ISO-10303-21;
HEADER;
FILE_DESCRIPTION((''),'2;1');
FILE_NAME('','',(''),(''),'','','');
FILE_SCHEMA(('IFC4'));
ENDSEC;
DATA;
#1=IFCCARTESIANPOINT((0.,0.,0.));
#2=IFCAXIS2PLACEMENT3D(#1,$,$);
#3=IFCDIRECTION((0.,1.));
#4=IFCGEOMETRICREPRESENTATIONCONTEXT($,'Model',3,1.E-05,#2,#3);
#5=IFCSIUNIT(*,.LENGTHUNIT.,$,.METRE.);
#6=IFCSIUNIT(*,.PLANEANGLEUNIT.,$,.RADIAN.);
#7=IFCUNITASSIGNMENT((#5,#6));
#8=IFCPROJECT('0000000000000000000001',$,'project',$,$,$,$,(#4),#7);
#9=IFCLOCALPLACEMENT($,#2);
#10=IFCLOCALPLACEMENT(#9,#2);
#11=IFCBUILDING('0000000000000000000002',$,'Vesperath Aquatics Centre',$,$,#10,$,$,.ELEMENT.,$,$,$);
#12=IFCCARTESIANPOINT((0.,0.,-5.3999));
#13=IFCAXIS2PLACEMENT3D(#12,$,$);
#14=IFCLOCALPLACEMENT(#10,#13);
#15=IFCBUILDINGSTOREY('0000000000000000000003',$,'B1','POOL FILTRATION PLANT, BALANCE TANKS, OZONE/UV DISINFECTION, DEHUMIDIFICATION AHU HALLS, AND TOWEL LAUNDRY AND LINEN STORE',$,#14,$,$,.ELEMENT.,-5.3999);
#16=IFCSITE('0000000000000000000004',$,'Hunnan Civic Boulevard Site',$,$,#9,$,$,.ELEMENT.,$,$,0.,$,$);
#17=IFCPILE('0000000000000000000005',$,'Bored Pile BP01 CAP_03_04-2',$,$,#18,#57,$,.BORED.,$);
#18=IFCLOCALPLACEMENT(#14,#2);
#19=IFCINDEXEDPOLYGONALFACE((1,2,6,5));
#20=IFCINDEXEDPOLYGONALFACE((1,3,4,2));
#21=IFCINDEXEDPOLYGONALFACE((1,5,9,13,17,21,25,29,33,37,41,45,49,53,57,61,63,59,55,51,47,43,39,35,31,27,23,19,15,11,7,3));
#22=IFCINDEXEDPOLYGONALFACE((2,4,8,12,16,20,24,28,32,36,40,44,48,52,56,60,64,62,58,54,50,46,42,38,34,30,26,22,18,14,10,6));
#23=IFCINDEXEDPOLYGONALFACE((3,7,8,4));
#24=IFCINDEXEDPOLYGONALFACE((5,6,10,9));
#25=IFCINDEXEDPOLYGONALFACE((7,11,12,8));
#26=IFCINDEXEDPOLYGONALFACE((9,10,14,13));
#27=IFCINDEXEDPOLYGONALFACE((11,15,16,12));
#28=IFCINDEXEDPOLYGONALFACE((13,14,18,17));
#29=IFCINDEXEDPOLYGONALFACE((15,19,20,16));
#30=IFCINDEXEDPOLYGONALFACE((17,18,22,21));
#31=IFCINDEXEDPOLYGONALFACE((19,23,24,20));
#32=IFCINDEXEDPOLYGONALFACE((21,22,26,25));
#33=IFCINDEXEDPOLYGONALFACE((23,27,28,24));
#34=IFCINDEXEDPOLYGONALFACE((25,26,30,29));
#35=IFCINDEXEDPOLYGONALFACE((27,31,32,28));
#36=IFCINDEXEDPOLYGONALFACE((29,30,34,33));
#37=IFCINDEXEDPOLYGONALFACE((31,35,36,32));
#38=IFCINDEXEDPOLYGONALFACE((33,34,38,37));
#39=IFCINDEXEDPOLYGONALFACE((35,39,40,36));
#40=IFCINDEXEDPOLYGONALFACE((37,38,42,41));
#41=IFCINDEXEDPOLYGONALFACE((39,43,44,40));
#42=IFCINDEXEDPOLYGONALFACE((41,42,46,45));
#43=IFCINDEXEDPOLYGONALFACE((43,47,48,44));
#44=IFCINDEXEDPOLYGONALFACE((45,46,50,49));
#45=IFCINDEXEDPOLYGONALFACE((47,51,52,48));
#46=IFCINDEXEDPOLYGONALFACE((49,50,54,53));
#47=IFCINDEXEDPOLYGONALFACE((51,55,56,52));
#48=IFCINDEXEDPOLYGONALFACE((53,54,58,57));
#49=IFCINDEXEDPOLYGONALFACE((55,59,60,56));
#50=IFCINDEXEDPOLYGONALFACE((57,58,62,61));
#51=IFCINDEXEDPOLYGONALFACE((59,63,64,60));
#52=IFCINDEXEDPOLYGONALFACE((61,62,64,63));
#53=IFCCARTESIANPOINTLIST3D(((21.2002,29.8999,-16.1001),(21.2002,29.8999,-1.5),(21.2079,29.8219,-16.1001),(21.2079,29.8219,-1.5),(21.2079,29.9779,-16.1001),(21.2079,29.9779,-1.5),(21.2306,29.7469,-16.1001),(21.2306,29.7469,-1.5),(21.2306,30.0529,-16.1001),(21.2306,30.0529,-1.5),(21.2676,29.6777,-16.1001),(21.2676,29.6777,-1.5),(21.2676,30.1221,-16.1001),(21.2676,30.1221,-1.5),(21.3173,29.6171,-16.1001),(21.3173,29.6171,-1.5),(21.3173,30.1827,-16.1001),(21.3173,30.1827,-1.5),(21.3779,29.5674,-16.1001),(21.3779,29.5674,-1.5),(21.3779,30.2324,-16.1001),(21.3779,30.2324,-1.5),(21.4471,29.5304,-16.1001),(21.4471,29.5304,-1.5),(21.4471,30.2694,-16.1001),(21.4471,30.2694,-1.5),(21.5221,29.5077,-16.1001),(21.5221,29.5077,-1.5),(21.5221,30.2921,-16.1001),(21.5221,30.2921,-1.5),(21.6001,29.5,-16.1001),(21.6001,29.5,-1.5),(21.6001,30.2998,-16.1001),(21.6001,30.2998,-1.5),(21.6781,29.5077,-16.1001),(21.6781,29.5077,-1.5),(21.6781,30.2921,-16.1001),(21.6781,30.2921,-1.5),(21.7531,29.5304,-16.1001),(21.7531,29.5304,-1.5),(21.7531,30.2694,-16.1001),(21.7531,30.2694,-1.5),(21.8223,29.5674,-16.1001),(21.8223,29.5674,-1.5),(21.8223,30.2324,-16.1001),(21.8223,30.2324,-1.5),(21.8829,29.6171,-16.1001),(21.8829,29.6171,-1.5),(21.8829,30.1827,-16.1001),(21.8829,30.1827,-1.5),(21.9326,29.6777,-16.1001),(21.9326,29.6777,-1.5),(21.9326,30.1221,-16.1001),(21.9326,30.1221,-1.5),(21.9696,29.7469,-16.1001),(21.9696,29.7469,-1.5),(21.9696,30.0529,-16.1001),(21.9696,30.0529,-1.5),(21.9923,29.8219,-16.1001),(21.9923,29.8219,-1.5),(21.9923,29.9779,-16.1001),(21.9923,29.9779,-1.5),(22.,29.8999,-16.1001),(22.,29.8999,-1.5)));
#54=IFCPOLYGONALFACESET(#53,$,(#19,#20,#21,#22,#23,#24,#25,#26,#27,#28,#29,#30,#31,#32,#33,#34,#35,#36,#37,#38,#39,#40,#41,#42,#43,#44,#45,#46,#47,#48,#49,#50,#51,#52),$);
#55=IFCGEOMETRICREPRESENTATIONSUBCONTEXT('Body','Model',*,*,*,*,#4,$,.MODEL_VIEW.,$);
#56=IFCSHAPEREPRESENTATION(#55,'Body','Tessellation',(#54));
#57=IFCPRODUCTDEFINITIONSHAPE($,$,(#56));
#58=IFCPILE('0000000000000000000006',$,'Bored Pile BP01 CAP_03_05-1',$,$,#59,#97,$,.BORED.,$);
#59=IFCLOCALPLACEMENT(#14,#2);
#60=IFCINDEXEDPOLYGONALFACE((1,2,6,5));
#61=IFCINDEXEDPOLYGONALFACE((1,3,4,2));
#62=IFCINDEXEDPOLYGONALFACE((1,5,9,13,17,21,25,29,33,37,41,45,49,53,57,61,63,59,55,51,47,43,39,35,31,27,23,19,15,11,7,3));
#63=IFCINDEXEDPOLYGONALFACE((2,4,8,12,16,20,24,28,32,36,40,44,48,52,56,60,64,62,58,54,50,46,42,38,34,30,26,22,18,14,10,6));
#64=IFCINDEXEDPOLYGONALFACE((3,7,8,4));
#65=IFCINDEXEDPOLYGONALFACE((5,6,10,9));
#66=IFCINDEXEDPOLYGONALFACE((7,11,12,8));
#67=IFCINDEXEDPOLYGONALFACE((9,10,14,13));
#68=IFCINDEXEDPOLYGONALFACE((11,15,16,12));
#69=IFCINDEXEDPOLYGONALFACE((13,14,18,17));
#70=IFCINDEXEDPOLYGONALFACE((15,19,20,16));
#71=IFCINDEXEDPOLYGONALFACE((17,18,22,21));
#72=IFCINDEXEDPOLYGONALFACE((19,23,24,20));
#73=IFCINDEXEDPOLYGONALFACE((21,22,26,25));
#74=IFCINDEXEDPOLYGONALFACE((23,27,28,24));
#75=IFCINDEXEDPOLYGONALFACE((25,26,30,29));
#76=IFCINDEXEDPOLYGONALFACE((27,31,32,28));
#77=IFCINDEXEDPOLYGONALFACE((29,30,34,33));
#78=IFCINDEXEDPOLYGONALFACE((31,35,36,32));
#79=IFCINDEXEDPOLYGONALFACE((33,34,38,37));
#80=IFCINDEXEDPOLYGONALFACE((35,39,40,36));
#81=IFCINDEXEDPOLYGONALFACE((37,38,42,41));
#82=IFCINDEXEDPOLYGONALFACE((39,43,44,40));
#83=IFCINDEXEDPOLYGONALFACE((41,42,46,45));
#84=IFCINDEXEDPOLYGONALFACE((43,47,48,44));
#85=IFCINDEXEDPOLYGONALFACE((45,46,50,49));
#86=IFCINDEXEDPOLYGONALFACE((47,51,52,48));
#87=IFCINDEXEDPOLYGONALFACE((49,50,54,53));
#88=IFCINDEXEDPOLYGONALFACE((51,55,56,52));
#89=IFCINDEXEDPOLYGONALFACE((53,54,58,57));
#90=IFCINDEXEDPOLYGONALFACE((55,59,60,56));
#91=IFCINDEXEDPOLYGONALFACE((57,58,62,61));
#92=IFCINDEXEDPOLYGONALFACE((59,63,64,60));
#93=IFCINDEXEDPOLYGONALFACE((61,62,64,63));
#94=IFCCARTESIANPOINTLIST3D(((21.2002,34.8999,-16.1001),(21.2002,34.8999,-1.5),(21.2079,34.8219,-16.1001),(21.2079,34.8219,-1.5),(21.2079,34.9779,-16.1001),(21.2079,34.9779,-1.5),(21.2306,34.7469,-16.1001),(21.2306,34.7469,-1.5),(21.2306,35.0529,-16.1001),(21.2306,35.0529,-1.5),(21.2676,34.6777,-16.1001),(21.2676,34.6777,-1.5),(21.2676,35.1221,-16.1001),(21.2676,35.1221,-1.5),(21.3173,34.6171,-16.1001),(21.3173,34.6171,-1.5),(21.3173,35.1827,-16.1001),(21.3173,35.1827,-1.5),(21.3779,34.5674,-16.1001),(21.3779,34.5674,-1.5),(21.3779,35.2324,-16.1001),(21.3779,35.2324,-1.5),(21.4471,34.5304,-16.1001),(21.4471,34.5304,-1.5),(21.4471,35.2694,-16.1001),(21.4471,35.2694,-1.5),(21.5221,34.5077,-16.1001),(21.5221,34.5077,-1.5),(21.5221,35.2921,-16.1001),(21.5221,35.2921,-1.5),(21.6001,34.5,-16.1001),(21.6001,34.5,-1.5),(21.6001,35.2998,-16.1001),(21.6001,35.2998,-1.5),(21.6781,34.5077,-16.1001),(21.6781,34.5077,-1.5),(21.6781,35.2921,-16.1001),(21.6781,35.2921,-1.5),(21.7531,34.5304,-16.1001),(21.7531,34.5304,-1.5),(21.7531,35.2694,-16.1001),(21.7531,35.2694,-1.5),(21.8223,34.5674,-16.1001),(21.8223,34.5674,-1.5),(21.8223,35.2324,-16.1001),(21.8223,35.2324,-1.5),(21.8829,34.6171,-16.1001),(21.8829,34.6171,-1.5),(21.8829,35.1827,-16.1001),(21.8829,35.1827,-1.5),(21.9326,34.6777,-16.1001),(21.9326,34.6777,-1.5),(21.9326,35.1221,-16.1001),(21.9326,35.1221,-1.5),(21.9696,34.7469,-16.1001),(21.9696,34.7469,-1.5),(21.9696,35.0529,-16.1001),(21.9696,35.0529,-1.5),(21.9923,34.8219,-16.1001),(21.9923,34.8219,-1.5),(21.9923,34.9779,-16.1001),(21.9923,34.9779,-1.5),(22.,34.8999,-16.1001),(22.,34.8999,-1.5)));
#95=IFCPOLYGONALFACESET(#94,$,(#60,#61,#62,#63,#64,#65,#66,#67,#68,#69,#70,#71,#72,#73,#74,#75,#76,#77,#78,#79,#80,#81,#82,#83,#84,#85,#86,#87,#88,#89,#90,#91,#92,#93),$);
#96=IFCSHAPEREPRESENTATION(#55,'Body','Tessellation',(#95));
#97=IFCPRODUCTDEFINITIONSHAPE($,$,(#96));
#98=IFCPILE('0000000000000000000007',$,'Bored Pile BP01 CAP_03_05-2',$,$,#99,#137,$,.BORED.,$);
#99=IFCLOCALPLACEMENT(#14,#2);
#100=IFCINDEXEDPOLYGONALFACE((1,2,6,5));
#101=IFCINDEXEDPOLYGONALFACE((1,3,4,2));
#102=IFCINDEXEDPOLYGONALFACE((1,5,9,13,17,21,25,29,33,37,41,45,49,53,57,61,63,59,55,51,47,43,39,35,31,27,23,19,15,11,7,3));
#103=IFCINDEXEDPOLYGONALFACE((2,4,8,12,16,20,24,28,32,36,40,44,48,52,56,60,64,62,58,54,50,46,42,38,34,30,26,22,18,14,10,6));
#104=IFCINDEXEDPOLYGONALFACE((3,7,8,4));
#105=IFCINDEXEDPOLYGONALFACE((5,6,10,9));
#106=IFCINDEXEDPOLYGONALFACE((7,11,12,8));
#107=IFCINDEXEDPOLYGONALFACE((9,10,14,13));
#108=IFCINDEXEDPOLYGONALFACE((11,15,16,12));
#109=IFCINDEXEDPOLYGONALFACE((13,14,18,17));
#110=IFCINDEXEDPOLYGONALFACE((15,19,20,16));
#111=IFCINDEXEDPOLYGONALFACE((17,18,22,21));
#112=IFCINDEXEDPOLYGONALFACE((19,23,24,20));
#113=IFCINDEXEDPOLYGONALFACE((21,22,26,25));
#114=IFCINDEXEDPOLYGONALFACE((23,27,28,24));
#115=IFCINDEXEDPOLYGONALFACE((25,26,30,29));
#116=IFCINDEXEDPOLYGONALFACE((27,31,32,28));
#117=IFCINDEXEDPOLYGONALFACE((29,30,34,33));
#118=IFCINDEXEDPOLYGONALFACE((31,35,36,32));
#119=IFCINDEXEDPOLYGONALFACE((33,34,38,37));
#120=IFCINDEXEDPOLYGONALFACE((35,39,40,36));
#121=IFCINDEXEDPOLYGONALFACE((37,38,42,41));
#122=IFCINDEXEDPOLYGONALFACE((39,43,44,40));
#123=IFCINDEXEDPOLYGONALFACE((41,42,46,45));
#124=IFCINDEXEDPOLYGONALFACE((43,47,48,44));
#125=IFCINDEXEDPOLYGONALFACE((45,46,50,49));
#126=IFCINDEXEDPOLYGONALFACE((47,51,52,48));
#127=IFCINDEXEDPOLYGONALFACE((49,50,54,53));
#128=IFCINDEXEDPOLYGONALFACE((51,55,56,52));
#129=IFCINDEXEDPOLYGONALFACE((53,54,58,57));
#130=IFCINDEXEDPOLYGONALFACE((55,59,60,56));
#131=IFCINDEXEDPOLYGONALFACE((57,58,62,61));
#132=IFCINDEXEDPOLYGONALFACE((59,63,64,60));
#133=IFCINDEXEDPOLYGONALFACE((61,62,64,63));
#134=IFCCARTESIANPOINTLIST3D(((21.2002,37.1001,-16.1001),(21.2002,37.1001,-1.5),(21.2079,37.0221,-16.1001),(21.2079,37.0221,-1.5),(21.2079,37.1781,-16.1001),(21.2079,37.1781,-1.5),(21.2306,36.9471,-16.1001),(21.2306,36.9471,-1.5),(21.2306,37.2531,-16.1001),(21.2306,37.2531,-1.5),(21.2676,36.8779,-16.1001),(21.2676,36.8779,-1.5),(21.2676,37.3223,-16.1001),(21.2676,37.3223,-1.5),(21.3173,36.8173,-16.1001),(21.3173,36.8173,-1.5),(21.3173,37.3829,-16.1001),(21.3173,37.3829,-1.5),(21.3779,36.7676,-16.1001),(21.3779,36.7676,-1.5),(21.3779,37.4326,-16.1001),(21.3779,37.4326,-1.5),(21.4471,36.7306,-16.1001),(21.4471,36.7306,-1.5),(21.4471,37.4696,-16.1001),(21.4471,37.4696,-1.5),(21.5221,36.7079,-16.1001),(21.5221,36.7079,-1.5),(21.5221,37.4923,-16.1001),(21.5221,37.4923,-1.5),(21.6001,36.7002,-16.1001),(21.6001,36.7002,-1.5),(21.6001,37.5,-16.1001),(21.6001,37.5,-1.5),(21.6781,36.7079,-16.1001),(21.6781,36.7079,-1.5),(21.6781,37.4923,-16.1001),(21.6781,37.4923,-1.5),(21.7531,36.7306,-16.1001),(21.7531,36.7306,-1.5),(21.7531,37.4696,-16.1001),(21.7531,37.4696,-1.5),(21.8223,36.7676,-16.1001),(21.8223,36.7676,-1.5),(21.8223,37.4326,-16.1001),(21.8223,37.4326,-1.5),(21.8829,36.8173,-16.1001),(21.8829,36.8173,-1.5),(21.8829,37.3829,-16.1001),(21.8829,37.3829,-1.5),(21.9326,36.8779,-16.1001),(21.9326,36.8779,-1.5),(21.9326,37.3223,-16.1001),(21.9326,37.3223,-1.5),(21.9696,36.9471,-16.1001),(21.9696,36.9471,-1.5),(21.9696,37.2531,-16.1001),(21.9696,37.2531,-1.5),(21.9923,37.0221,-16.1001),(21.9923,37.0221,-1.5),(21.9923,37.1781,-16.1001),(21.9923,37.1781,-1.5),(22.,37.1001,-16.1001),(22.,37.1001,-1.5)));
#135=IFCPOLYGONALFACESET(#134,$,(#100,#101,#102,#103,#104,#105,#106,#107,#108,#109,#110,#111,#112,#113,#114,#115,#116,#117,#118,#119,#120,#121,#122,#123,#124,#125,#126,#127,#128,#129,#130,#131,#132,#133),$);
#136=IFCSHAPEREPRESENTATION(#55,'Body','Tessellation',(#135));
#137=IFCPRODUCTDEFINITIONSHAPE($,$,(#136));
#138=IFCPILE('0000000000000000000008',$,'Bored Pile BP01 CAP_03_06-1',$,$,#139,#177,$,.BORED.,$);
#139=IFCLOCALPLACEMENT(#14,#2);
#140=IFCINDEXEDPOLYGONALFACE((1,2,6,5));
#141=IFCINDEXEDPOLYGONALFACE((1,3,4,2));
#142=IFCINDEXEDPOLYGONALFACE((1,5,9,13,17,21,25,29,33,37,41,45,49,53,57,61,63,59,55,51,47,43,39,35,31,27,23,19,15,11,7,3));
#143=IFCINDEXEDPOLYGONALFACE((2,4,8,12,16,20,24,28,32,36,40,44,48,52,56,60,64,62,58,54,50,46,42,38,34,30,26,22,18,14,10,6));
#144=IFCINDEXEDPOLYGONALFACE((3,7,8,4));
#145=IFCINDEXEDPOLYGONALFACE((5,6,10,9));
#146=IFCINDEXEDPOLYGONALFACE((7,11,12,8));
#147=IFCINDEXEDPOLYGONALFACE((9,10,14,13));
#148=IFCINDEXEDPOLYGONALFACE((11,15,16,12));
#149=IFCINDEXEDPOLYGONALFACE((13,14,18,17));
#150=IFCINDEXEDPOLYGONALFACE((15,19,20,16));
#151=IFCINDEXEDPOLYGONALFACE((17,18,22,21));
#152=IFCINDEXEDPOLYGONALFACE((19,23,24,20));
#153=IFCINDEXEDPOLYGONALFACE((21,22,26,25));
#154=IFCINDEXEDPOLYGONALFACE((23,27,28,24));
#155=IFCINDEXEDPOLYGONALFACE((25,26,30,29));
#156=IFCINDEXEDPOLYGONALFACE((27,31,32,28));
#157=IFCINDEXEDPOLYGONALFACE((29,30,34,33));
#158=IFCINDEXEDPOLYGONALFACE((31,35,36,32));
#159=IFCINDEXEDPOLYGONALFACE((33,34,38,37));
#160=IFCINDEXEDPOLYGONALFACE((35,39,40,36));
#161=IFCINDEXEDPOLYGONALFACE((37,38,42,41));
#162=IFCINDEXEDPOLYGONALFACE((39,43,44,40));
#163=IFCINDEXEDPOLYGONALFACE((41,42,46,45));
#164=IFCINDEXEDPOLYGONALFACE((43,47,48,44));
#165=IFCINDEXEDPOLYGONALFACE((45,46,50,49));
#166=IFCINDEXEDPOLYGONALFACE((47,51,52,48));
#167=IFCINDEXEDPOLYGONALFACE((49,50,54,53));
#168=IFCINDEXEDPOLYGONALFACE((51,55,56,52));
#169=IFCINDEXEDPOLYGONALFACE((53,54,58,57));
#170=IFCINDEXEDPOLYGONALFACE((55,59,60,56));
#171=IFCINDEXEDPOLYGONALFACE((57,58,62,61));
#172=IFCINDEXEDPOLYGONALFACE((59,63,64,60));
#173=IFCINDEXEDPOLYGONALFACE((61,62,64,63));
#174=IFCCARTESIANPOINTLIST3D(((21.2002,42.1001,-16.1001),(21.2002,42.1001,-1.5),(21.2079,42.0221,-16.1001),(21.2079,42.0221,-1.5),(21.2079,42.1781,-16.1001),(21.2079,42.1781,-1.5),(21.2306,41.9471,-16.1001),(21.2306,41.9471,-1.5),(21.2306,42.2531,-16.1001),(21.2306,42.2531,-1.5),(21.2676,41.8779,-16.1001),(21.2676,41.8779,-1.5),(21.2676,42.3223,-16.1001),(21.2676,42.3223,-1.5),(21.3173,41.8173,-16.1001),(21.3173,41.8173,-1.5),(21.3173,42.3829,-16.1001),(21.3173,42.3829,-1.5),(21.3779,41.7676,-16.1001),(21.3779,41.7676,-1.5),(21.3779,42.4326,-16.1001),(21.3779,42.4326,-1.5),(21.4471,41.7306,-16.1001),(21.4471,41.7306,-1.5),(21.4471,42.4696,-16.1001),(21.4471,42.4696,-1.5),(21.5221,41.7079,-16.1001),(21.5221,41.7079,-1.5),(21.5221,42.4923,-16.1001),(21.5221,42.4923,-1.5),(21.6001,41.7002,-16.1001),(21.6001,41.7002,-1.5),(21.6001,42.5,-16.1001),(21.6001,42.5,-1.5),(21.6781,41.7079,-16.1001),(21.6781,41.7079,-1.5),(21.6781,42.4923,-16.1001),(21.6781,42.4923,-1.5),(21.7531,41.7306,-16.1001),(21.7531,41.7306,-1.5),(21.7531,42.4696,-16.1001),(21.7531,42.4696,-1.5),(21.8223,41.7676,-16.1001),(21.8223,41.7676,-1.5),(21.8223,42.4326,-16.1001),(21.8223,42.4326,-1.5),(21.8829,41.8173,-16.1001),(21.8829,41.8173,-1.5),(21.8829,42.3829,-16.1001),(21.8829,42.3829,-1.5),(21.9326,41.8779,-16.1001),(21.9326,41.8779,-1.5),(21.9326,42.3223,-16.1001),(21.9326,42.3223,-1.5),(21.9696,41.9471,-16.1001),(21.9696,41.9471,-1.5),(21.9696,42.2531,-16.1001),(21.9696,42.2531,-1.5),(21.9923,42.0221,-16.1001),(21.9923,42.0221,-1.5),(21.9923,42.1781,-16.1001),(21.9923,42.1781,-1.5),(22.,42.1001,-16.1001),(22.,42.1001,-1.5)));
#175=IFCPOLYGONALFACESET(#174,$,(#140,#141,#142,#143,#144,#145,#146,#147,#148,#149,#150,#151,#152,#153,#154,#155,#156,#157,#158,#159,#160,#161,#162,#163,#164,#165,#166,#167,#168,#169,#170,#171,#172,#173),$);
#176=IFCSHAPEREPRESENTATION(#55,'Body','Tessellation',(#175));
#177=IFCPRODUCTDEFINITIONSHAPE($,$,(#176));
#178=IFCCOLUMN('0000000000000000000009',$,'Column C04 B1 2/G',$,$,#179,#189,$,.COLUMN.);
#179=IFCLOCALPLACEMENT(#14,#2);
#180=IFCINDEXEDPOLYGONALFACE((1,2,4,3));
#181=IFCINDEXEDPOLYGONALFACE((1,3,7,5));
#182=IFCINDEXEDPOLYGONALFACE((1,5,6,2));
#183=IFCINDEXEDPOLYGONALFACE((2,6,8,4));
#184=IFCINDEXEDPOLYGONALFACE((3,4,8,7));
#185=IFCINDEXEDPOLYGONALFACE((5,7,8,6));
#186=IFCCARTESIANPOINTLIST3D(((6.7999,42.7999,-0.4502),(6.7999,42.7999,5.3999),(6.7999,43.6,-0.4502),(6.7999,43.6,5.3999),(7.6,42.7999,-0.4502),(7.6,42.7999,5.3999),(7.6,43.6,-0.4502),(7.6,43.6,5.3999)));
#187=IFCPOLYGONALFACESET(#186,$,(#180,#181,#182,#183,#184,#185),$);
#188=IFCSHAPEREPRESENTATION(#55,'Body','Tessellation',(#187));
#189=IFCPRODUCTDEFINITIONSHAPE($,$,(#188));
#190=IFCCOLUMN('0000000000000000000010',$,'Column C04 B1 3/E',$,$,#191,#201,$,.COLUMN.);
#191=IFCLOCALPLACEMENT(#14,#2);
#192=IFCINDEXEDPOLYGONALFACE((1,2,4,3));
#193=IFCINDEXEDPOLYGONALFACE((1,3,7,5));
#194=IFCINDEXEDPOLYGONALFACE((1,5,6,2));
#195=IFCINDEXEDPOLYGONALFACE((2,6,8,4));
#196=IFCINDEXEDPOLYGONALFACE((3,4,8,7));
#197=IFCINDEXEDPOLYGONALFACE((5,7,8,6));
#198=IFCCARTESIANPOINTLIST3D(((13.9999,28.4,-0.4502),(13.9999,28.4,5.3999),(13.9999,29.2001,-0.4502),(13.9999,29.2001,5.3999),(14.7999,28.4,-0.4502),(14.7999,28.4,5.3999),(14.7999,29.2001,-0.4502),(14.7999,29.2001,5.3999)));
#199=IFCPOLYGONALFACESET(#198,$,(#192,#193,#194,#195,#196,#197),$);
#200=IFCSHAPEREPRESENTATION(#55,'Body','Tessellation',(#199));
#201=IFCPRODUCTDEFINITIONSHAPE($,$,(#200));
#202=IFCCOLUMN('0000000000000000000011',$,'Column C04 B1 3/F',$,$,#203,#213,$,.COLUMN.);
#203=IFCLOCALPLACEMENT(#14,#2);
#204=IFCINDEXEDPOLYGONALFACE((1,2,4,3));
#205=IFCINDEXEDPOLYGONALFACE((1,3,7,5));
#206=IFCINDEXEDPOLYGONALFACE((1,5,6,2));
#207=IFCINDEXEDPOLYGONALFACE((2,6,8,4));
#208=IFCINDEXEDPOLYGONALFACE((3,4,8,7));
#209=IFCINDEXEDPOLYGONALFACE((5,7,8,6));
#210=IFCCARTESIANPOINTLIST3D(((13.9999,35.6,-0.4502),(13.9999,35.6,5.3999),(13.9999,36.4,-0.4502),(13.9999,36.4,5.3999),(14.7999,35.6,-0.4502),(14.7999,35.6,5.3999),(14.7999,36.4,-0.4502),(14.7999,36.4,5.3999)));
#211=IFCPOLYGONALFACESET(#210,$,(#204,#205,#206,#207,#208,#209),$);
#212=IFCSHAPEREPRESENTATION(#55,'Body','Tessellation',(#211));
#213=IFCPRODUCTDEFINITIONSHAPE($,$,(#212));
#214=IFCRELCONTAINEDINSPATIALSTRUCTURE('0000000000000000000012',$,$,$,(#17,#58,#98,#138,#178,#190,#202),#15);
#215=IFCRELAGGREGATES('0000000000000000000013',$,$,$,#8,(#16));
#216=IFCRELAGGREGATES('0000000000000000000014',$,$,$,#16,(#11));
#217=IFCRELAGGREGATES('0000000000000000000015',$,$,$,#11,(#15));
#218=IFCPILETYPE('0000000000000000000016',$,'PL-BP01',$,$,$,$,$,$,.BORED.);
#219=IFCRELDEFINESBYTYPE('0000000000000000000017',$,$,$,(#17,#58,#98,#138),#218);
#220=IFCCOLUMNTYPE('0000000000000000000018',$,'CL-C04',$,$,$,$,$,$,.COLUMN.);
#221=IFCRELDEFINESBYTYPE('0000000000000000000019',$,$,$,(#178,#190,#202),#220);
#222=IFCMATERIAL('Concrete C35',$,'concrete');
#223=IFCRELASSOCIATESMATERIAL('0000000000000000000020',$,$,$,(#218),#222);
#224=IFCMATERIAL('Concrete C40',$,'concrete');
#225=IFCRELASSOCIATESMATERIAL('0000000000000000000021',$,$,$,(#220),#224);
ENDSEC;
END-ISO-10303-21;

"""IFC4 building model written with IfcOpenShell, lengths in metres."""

from ifc_helpers import new_model, si_unit, direction, frame, origin, origin_2d, place, context, subcontext, project, spatial, rectangle, circle, extrude, material, material_profile, profile_set, type_object, element, save


model = new_model("IFC4")

# Units and contexts
model_context = context("Model", 3, precision=1e-05, world=origin(), true_north=direction((0.0, 1.0)))
body_context = subcontext(model_context, "Body", "Model", "MODEL_VIEW")
ifc_project = project(units=[si_unit("LENGTHUNIT", "METRE"), si_unit("PLANEANGLEUNIT", "RADIAN")], contexts=[model_context])

# Site, building, storey
site_placement = place(None, origin())
site = spatial("IfcSite", under=ifc_project, at=site_placement, Name="Hunnan Civic Boulevard Site", CompositionType="ELEMENT", RefElevation=0.0)
building_placement = place(site_placement, origin())
building = spatial("IfcBuilding", under=site, at=building_placement, Name="Vesperath Aquatics Centre", CompositionType="ELEMENT")
storey_placement = place(building_placement, frame((0.0, 0.0, -5.3999)))
storey = spatial("IfcBuildingStorey", under=building, at=storey_placement, Name="B1", Description="POOL FILTRATION PLANT, BALANCE TANKS, OZONE/UV DISINFECTION, DEHUMIDIFICATION AHU HALLS, AND TOWEL LAUNDRY AND LINEN STORE", CompositionType="ELEMENT", Elevation=-5.3999)

# Shared definitions
ifc_material_1 = material(Name="Concrete C40", Category="concrete")

# Piles
ifc_material_2 = material(Name="Concrete C35", Category="concrete")
ifc_material_profile_1 = material_profile(ifc_material_2, circle(Radius=0.3999, at=origin_2d()), Name="PILE D800")
ifc_profile_set_1 = profile_set([ifc_material_profile_1], Name="Concrete C35")
pile_type = type_object("IfcPileType", Name="PL-BP01", PredefinedType="BORED", material=ifc_profile_set_1)
for number, where, z_axis, x_axis, name in (
    (1, (21.6001, 29.8999, -1.5), (0.0, 0.0, -1.0), (1.0, 0.0, 0.0), "Bored Pile BP01 CAP_03_04-2"),
    (2, (21.6001, 34.8999, -1.5), (0.0, 0.0, -1.0), (1.0, 0.0, 0.0), "Bored Pile BP01 CAP_03_05-1"),
    (3, (21.6001, 37.1001, -1.5), (0.0, 0.0, -1.0), (1.0, 0.0, 0.0), "Bored Pile BP01 CAP_03_05-2"),
    (4, (21.6001, 42.1001, -1.5), (0.0, 0.0, -1.0), (1.0, 0.0, 0.0), "Bored Pile BP01 CAP_03_06-1"),
):
    element("IfcPile", number, at=place(storey_placement, frame(where, z_axis=z_axis, x_axis=x_axis)), inside=storey, type_object=pile_type, Name=name, PredefinedType="BORED", context=body_context, shape_type="SweptSolid", body=[
        extrude(circle(Radius=0.3999, at=origin_2d()), origin(), (0.0, 0.0, 1.0), 14.6001),
    ])

# Columns
ifc_material_profile_2 = material_profile(ifc_material_1, rectangle(XDim=0.8, YDim=0.8, at=origin_2d()), Name="RC 800x800")
ifc_profile_set_2 = profile_set([ifc_material_profile_2], Name="Concrete C40")
column_type = type_object("IfcColumnType", Name="CL-C04", PredefinedType="COLUMN", material=ifc_profile_set_2)
for number, where, z_axis, x_axis, name in (
    (5, (7.2, 43.2, -0.4502), (0.0, 0.0, 1.0), (1.0, 0.0, 0.0), "Column C04 B1 2/G"),
    (6, (14.3999, 28.8, -0.4502), (0.0, 0.0, 1.0), (1.0, 0.0, 0.0), "Column C04 B1 3/E"),
    (7, (14.3999, 36.0, -0.4502), (0.0, 0.0, 1.0), (1.0, 0.0, 0.0), "Column C04 B1 3/F"),
):
    element("IfcColumn", number, at=place(storey_placement, frame(where, z_axis=z_axis, x_axis=x_axis)), inside=storey, type_object=column_type, Name=name, PredefinedType="COLUMN", context=body_context, shape_type="SweptSolid", body=[
        extrude(rectangle(XDim=0.8, YDim=0.8, at=origin_2d()), origin(), (0.0, 0.0, 1.0), 5.8501),
    ])

save(model, "model.ifc")
